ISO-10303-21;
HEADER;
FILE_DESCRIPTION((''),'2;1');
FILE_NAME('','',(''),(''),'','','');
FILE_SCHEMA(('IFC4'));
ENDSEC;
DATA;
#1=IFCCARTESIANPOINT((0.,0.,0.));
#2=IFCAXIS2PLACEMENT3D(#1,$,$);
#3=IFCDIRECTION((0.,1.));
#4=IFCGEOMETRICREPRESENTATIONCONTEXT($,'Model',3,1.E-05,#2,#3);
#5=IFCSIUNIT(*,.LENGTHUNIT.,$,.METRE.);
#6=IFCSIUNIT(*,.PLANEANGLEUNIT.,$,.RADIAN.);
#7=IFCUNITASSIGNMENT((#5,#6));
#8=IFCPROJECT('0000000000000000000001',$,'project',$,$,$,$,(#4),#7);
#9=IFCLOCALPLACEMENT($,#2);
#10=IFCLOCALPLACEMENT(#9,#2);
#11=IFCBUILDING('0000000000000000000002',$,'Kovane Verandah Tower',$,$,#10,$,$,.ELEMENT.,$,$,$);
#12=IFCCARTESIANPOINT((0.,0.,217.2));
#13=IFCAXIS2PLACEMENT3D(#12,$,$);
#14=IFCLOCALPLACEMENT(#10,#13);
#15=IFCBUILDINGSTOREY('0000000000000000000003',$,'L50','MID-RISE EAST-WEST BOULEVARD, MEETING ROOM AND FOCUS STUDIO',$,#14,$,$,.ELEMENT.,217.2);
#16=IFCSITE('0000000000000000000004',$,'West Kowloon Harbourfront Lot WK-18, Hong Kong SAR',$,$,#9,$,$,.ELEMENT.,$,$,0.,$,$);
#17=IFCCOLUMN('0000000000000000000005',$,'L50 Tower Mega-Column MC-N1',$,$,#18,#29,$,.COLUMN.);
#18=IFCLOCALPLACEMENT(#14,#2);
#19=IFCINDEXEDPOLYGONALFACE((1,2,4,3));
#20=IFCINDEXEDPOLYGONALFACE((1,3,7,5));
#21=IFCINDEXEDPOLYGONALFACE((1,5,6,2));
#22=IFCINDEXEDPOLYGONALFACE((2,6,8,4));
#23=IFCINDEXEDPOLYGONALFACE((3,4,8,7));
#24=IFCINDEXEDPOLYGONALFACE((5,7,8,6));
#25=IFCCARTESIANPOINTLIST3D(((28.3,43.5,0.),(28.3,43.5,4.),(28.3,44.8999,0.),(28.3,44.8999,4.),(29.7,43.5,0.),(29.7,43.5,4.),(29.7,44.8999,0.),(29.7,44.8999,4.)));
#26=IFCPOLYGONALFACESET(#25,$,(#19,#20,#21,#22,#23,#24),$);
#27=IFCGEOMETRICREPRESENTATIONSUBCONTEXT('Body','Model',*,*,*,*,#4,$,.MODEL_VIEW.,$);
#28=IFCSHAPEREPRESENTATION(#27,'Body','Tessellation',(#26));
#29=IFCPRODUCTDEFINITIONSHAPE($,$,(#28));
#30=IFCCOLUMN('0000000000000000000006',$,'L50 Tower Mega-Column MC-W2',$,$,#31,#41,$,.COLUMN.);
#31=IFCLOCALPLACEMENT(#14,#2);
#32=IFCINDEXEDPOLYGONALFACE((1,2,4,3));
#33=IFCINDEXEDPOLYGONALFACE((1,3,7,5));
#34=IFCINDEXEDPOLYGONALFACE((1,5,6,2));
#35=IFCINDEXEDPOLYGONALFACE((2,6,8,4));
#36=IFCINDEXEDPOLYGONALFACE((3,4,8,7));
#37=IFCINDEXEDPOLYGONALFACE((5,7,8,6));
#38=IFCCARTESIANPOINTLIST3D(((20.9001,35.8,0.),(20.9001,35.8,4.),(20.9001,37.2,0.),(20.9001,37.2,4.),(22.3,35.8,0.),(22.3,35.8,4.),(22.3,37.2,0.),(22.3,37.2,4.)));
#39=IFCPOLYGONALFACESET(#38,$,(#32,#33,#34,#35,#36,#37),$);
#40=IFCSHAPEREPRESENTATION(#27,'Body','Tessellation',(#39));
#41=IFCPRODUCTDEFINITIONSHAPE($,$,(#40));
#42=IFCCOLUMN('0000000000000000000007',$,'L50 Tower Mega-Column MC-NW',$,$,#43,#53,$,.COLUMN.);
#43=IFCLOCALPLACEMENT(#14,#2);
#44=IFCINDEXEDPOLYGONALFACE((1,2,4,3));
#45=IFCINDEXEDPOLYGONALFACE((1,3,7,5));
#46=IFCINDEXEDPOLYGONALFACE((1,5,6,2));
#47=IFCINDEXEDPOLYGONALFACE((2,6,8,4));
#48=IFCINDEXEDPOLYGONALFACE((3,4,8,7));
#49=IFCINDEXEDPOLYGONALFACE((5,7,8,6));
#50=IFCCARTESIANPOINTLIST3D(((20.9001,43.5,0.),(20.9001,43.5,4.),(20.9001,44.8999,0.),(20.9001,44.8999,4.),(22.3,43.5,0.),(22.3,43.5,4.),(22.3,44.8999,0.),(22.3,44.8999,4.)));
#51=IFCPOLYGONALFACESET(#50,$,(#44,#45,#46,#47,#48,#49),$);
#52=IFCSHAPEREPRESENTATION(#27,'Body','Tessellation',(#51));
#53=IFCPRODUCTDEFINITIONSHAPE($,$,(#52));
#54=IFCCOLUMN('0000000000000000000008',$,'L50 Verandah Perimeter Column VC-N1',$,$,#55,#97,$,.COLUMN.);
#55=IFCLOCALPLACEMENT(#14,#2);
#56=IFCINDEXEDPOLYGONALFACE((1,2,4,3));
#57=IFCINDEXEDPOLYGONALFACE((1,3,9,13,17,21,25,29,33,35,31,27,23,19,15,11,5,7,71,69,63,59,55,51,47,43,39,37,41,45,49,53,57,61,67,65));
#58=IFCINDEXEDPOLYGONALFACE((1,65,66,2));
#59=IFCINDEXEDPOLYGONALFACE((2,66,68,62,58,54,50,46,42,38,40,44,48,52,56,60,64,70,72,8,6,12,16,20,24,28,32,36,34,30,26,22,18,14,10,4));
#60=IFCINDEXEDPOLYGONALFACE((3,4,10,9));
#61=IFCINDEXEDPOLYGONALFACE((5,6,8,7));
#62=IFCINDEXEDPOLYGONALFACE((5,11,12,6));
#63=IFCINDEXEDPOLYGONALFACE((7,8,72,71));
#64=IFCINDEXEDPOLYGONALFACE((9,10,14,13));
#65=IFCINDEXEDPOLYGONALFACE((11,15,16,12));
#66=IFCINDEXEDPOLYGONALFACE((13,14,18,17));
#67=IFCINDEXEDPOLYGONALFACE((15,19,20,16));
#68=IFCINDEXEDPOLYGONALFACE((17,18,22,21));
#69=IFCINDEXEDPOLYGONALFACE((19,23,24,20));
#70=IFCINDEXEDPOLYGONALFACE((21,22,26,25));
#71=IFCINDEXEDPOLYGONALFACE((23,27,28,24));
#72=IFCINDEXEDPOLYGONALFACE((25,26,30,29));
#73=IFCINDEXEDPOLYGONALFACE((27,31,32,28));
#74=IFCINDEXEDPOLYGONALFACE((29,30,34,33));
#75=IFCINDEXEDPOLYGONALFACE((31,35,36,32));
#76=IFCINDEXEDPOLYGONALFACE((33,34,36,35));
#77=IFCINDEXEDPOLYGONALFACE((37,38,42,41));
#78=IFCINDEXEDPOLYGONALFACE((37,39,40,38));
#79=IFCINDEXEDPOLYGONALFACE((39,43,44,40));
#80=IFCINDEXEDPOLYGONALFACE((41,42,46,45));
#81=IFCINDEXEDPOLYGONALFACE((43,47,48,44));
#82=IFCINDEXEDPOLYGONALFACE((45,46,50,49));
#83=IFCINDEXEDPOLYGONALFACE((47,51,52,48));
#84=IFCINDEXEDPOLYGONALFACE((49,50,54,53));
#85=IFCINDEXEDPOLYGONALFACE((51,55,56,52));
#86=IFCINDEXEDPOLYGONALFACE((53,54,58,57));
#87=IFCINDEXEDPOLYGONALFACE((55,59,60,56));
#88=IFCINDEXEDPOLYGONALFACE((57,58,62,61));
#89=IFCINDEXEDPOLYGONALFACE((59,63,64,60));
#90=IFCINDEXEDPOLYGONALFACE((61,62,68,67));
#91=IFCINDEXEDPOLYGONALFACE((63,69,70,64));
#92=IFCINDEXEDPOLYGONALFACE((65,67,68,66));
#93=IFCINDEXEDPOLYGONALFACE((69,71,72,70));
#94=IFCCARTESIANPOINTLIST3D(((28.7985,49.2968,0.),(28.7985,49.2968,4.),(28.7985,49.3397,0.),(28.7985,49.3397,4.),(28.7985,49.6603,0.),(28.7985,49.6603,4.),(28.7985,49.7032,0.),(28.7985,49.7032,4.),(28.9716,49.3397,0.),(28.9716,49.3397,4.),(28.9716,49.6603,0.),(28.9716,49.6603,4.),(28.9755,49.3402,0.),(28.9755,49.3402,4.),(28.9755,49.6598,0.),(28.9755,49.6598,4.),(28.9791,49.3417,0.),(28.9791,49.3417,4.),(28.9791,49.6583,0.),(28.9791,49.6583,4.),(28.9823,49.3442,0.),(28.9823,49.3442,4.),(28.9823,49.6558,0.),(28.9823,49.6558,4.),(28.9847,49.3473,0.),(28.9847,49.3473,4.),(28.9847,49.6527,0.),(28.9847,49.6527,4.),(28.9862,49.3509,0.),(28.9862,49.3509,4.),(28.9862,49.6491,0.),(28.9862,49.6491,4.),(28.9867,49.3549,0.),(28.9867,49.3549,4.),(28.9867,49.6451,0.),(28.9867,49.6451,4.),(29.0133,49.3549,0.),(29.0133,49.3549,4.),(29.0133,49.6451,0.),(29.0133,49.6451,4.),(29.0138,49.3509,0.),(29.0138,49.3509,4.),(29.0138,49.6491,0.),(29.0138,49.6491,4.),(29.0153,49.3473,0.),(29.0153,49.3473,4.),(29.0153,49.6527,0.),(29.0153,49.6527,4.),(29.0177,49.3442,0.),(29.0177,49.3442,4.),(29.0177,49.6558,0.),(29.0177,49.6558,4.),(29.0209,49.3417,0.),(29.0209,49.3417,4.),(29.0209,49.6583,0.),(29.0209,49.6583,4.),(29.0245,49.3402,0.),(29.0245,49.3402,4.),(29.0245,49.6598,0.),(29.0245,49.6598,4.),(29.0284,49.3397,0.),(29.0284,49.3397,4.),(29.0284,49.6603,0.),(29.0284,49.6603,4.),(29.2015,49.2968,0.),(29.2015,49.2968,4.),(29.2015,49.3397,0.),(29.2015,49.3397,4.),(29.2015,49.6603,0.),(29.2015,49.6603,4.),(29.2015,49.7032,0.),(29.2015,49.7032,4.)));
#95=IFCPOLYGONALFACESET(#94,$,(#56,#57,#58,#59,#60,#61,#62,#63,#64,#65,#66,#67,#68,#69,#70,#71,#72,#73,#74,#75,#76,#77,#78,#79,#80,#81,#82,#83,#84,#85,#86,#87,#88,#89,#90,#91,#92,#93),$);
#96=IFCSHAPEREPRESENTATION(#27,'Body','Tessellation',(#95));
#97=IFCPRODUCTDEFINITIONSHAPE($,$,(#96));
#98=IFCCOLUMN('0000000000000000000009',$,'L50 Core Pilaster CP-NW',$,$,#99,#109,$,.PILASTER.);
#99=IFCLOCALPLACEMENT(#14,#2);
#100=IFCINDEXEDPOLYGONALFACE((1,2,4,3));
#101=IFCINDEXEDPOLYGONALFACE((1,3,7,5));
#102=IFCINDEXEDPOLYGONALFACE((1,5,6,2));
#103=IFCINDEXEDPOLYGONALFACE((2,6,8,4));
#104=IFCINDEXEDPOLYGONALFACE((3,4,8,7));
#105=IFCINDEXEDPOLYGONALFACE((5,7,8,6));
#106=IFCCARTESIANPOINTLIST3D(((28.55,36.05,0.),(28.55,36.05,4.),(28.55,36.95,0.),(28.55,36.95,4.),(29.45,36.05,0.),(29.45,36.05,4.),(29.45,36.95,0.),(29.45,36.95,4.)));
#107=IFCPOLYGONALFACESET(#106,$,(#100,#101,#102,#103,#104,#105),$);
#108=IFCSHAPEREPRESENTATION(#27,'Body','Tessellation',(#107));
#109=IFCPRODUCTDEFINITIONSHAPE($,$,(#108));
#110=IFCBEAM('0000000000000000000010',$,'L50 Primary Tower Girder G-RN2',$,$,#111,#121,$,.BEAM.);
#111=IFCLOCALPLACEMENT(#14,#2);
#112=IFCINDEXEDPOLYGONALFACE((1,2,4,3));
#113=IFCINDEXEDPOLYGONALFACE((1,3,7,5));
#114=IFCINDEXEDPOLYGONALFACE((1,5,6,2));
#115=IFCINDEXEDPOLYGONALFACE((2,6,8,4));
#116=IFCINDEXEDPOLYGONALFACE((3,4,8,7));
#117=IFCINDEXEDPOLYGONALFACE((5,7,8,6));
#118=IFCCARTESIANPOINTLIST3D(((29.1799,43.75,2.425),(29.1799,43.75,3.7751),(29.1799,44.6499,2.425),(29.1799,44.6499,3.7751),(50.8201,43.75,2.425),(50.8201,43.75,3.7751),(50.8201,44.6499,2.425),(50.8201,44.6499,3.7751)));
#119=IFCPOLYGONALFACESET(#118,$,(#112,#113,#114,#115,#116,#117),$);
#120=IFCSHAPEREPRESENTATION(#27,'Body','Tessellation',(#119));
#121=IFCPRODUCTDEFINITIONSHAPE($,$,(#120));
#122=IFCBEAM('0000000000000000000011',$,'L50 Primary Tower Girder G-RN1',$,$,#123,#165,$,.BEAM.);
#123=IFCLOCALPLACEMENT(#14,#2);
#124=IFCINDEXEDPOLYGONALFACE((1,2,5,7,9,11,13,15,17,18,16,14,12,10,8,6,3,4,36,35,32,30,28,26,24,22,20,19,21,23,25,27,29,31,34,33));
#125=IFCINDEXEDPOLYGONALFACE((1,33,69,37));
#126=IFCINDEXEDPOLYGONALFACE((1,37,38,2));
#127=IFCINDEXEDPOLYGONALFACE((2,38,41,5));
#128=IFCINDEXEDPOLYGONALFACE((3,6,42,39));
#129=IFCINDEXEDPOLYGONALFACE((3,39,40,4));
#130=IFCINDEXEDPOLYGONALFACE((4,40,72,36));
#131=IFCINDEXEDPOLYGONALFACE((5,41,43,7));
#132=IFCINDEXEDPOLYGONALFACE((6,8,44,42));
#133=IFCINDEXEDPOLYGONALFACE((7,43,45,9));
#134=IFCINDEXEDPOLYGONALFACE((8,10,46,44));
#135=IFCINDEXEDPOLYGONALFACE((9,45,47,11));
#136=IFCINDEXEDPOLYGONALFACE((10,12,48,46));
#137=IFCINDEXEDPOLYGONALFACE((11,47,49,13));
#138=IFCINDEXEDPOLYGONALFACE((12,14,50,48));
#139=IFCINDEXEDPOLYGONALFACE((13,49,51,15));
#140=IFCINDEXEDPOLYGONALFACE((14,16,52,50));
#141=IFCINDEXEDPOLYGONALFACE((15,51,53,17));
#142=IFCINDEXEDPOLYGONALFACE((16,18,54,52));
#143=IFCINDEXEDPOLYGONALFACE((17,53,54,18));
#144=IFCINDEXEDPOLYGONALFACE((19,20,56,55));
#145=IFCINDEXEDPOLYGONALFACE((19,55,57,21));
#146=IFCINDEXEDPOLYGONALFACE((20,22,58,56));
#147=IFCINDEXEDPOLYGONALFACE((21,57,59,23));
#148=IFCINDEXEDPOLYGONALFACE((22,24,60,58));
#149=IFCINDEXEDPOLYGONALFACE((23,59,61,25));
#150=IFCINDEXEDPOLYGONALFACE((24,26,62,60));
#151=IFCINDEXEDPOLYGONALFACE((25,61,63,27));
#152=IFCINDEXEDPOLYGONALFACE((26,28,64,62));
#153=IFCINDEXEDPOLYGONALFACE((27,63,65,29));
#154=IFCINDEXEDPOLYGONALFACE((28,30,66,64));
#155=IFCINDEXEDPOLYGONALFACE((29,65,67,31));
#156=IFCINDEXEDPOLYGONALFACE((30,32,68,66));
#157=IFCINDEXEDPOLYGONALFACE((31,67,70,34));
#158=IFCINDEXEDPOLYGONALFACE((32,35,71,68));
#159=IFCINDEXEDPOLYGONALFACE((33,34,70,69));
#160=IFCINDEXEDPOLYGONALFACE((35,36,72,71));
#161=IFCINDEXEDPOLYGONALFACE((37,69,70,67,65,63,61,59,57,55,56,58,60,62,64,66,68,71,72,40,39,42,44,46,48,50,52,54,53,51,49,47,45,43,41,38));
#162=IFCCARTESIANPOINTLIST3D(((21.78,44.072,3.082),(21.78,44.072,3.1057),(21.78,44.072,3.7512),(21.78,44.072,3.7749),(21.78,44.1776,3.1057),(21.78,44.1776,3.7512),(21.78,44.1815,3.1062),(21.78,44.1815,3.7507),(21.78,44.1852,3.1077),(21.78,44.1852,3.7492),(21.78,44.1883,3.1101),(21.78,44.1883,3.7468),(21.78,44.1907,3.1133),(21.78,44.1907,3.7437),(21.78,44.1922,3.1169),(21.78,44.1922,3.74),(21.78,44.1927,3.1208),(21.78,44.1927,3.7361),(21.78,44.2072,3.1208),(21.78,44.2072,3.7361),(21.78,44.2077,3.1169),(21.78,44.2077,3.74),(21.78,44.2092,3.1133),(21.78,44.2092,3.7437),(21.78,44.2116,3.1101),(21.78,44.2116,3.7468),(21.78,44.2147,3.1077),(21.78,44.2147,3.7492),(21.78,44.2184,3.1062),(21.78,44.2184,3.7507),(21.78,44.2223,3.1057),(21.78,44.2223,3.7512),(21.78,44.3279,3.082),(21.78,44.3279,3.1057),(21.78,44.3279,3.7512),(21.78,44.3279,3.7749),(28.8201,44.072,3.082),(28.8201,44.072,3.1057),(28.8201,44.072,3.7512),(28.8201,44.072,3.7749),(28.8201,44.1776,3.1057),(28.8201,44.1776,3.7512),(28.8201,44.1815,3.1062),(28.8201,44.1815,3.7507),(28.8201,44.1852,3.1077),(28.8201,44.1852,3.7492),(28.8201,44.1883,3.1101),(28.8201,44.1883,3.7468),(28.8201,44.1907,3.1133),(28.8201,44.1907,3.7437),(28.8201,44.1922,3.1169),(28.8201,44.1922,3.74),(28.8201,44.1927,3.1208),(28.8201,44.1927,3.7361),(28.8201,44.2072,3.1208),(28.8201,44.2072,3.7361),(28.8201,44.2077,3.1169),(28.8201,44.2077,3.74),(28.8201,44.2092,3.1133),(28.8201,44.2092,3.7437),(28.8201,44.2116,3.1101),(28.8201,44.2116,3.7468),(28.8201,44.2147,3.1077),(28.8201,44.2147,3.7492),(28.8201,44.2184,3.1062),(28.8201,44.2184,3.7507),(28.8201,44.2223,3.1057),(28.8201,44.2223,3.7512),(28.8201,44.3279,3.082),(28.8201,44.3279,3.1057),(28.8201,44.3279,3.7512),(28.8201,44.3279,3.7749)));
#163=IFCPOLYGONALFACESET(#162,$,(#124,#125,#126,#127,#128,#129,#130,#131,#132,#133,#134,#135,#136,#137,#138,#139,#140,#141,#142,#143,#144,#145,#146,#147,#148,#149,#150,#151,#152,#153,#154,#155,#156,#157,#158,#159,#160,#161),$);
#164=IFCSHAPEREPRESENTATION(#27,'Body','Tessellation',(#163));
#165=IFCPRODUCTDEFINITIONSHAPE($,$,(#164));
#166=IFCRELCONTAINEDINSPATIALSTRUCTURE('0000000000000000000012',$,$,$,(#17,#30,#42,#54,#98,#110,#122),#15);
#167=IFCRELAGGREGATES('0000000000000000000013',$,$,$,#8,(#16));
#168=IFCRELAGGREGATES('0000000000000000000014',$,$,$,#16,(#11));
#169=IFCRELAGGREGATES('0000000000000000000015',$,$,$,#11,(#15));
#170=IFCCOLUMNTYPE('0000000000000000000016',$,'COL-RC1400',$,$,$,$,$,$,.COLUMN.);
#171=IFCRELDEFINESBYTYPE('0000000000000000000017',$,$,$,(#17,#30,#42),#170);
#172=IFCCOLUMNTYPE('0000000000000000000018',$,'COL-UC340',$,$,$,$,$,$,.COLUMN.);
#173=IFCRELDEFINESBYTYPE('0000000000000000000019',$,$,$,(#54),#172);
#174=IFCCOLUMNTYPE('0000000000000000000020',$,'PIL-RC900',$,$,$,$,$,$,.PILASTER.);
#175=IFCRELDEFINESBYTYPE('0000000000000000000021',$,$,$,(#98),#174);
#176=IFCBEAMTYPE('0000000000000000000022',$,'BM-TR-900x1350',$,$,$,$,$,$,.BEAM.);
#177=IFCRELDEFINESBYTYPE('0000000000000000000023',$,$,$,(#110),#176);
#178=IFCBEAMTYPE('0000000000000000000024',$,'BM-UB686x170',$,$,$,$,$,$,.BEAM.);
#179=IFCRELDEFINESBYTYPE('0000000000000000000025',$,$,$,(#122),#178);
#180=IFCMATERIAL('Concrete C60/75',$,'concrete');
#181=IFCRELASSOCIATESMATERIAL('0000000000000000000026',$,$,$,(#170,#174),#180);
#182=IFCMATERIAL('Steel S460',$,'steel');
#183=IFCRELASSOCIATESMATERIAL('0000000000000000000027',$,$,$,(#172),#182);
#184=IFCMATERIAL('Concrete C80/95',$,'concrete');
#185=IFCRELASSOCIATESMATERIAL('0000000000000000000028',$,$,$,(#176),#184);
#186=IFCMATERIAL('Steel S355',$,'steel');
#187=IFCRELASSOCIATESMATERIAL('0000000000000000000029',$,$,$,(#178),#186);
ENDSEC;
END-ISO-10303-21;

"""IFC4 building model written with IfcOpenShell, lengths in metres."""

from ifc_helpers import new_model, si_unit, direction, frame, origin, origin_2d, place, context, subcontext, project, spatial, rectangle, i_section, extrude, material, material_profile, profile_set, type_object, element, save


model = new_model("IFC4")

# Units and contexts
model_context = context("Model", 3, precision=1e-05, world=origin(), true_north=direction((0.0, 1.0)))
body_context = subcontext(model_context, "Body", "Model", "MODEL_VIEW")
ifc_project = project(units=[si_unit("LENGTHUNIT", "METRE"), si_unit("PLANEANGLEUNIT", "RADIAN")], contexts=[model_context])

# Site, building, storey
site_placement = place(None, origin())
site = spatial("IfcSite", under=ifc_project, at=site_placement, Name="West Kowloon Harbourfront Lot WK-18, Hong Kong SAR", CompositionType="ELEMENT", RefElevation=0.0)
building_placement = place(site_placement, origin())
building = spatial("IfcBuilding", under=site, at=building_placement, Name="Kovane Verandah Tower", CompositionType="ELEMENT")
storey_placement = place(building_placement, frame((0.0, 0.0, 217.2)))
storey = spatial("IfcBuildingStorey", under=building, at=storey_placement, Name="L50", Description="MID-RISE EAST-WEST BOULEVARD, MEETING ROOM AND FOCUS STUDIO", CompositionType="ELEMENT", Elevation=217.2)

# Columns
ifc_material_1 = material(Name="Concrete C60/75", Category="concrete")
ifc_material_profile_1 = material_profile(ifc_material_1, rectangle(XDim=1.3999, YDim=1.3999, at=origin_2d()), Name="RC1400x1400")
ifc_profile_set_1 = profile_set([ifc_material_profile_1], Name="Concrete C60/75")
column_type_1 = type_object("IfcColumnType", Name="COL-RC1400", PredefinedType="COLUMN", material=ifc_profile_set_1)
for number, where, z_axis, x_axis, name in (
    (1, (29.0, 44.2, 0.0), (0.0, 0.0, 1.0), (1.0, 0.0, 0.0), "L50 Tower Mega-Column MC-N1"),
    (2, (21.6001, 36.5, 0.0), (0.0, 0.0, 1.0), (1.0, 0.0, 0.0), "L50 Tower Mega-Column MC-W2"),
    (3, (21.6001, 44.2, 0.0), (0.0, 0.0, 1.0), (1.0, 0.0, 0.0), "L50 Tower Mega-Column MC-NW"),
):
    element("IfcColumn", number, at=place(storey_placement, frame(where, z_axis=z_axis, x_axis=x_axis)), inside=storey, type_object=column_type_1, Name=name, PredefinedType="COLUMN", context=body_context, shape_type="SweptSolid", body=[
        extrude(rectangle(XDim=1.3999, YDim=1.3999, at=origin_2d()), origin(), (0.0, 0.0, 1.0), 4.0),
    ])
ifc_material_2 = material(Name="Steel S460", Category="steel")
ifc_material_profile_2 = material_profile(ifc_material_2, i_section(OverallWidth=0.4031, OverallDepth=0.4065, WebThickness=0.0266, FlangeThickness=0.043, FilletRadius=0.0151, at=origin_2d()), Name="UC356x406x340")
ifc_profile_set_2 = profile_set([ifc_material_profile_2], Name="Steel S460")
column_type_2 = type_object("IfcColumnType", Name="COL-UC340", PredefinedType="COLUMN", material=ifc_profile_set_2)
column_1_placement = place(storey_placement, frame((29.0, 49.5, 0.0), z_axis=(0.0, 0.0, 1.0), x_axis=(1.0, 0.0, 0.0)))
element("IfcColumn", 4, at=column_1_placement, inside=storey, type_object=column_type_2, Name="L50 Verandah Perimeter Column VC-N1", PredefinedType="COLUMN", context=body_context, shape_type="SweptSolid", body=[
    extrude(i_section(OverallWidth=0.4031, OverallDepth=0.4065, WebThickness=0.0266, FlangeThickness=0.043, FilletRadius=0.0151, at=origin_2d()), origin(), (0.0, 0.0, 1.0), 4.0),
])
ifc_material_profile_3 = material_profile(ifc_material_1, rectangle(XDim=0.8999, YDim=0.8999, at=origin_2d()), Name="RC900x900")
ifc_profile_set_3 = profile_set([ifc_material_profile_3], Name="Concrete C60/75")
column_type_3 = type_object("IfcColumnType", Name="PIL-RC900", PredefinedType="PILASTER", material=ifc_profile_set_3)
column_2_placement = place(storey_placement, frame((29.0, 36.5, 0.0), z_axis=(0.0, 0.0, 1.0), x_axis=(1.0, 0.0, 0.0)))
element("IfcColumn", 5, at=column_2_placement, inside=storey, type_object=column_type_3, Name="L50 Core Pilaster CP-NW", PredefinedType="PILASTER", context=body_context, shape_type="SweptSolid", body=[
    extrude(rectangle(XDim=0.8999, YDim=0.8999, at=origin_2d()), origin(), (0.0, 0.0, 1.0), 4.0),
])

# Beams
ifc_material_3 = material(Name="Concrete C80/95", Category="concrete")
ifc_material_profile_4 = material_profile(ifc_material_3, rectangle(XDim=0.8999, YDim=1.3501, at=origin_2d()), Name="RCB900x1350")
ifc_profile_set_4 = profile_set([ifc_material_profile_4], Name="Concrete C80/95")
beam_type_1 = type_object("IfcBeamType", Name="BM-TR-900x1350", PredefinedType="BEAM", material=ifc_profile_set_4)
beam_1_placement = place(storey_placement, frame((29.1799, 44.2, 3.1001), z_axis=(1.0, 0.0, 0.0), x_axis=(0.0, 1.0, 0.0)))
element("IfcBeam", 6, at=beam_1_placement, inside=storey, type_object=beam_type_1, Name="L50 Primary Tower Girder G-RN2", PredefinedType="BEAM", context=body_context, shape_type="SweptSolid", body=[
    extrude(rectangle(XDim=0.8999, YDim=1.3501, at=origin_2d()), origin(), (0.0, 0.0, 1.0), 21.6401),
])
ifc_material_4 = material(Name="Steel S355", Category="steel")
ifc_material_profile_5 = material_profile(ifc_material_4, i_section(OverallWidth=0.2559, OverallDepth=0.6929, WebThickness=0.0144, FlangeThickness=0.0237, FilletRadius=0.0151, at=origin_2d()), Name="UB686x254x170")
ifc_profile_set_5 = profile_set([ifc_material_profile_5], Name="Steel S355")
beam_type_2 = type_object("IfcBeamType", Name="BM-UB686x170", PredefinedType="BEAM", material=ifc_profile_set_5)
beam_2_placement = place(storey_placement, frame((21.78, 44.2, 3.4285), z_axis=(1.0, 0.0, 0.0), x_axis=(0.0, 1.0, 0.0)))
element("IfcBeam", 7, at=beam_2_placement, inside=storey, type_object=beam_type_2, Name="L50 Primary Tower Girder G-RN1", PredefinedType="BEAM", context=body_context, shape_type="SweptSolid", body=[
    extrude(i_section(OverallWidth=0.2559, OverallDepth=0.6929, WebThickness=0.0144, FlangeThickness=0.0237, FilletRadius=0.0151, at=origin_2d()), origin(), (0.0, 0.0, 1.0), 7.04),
])

save(model, "model.ifc")
